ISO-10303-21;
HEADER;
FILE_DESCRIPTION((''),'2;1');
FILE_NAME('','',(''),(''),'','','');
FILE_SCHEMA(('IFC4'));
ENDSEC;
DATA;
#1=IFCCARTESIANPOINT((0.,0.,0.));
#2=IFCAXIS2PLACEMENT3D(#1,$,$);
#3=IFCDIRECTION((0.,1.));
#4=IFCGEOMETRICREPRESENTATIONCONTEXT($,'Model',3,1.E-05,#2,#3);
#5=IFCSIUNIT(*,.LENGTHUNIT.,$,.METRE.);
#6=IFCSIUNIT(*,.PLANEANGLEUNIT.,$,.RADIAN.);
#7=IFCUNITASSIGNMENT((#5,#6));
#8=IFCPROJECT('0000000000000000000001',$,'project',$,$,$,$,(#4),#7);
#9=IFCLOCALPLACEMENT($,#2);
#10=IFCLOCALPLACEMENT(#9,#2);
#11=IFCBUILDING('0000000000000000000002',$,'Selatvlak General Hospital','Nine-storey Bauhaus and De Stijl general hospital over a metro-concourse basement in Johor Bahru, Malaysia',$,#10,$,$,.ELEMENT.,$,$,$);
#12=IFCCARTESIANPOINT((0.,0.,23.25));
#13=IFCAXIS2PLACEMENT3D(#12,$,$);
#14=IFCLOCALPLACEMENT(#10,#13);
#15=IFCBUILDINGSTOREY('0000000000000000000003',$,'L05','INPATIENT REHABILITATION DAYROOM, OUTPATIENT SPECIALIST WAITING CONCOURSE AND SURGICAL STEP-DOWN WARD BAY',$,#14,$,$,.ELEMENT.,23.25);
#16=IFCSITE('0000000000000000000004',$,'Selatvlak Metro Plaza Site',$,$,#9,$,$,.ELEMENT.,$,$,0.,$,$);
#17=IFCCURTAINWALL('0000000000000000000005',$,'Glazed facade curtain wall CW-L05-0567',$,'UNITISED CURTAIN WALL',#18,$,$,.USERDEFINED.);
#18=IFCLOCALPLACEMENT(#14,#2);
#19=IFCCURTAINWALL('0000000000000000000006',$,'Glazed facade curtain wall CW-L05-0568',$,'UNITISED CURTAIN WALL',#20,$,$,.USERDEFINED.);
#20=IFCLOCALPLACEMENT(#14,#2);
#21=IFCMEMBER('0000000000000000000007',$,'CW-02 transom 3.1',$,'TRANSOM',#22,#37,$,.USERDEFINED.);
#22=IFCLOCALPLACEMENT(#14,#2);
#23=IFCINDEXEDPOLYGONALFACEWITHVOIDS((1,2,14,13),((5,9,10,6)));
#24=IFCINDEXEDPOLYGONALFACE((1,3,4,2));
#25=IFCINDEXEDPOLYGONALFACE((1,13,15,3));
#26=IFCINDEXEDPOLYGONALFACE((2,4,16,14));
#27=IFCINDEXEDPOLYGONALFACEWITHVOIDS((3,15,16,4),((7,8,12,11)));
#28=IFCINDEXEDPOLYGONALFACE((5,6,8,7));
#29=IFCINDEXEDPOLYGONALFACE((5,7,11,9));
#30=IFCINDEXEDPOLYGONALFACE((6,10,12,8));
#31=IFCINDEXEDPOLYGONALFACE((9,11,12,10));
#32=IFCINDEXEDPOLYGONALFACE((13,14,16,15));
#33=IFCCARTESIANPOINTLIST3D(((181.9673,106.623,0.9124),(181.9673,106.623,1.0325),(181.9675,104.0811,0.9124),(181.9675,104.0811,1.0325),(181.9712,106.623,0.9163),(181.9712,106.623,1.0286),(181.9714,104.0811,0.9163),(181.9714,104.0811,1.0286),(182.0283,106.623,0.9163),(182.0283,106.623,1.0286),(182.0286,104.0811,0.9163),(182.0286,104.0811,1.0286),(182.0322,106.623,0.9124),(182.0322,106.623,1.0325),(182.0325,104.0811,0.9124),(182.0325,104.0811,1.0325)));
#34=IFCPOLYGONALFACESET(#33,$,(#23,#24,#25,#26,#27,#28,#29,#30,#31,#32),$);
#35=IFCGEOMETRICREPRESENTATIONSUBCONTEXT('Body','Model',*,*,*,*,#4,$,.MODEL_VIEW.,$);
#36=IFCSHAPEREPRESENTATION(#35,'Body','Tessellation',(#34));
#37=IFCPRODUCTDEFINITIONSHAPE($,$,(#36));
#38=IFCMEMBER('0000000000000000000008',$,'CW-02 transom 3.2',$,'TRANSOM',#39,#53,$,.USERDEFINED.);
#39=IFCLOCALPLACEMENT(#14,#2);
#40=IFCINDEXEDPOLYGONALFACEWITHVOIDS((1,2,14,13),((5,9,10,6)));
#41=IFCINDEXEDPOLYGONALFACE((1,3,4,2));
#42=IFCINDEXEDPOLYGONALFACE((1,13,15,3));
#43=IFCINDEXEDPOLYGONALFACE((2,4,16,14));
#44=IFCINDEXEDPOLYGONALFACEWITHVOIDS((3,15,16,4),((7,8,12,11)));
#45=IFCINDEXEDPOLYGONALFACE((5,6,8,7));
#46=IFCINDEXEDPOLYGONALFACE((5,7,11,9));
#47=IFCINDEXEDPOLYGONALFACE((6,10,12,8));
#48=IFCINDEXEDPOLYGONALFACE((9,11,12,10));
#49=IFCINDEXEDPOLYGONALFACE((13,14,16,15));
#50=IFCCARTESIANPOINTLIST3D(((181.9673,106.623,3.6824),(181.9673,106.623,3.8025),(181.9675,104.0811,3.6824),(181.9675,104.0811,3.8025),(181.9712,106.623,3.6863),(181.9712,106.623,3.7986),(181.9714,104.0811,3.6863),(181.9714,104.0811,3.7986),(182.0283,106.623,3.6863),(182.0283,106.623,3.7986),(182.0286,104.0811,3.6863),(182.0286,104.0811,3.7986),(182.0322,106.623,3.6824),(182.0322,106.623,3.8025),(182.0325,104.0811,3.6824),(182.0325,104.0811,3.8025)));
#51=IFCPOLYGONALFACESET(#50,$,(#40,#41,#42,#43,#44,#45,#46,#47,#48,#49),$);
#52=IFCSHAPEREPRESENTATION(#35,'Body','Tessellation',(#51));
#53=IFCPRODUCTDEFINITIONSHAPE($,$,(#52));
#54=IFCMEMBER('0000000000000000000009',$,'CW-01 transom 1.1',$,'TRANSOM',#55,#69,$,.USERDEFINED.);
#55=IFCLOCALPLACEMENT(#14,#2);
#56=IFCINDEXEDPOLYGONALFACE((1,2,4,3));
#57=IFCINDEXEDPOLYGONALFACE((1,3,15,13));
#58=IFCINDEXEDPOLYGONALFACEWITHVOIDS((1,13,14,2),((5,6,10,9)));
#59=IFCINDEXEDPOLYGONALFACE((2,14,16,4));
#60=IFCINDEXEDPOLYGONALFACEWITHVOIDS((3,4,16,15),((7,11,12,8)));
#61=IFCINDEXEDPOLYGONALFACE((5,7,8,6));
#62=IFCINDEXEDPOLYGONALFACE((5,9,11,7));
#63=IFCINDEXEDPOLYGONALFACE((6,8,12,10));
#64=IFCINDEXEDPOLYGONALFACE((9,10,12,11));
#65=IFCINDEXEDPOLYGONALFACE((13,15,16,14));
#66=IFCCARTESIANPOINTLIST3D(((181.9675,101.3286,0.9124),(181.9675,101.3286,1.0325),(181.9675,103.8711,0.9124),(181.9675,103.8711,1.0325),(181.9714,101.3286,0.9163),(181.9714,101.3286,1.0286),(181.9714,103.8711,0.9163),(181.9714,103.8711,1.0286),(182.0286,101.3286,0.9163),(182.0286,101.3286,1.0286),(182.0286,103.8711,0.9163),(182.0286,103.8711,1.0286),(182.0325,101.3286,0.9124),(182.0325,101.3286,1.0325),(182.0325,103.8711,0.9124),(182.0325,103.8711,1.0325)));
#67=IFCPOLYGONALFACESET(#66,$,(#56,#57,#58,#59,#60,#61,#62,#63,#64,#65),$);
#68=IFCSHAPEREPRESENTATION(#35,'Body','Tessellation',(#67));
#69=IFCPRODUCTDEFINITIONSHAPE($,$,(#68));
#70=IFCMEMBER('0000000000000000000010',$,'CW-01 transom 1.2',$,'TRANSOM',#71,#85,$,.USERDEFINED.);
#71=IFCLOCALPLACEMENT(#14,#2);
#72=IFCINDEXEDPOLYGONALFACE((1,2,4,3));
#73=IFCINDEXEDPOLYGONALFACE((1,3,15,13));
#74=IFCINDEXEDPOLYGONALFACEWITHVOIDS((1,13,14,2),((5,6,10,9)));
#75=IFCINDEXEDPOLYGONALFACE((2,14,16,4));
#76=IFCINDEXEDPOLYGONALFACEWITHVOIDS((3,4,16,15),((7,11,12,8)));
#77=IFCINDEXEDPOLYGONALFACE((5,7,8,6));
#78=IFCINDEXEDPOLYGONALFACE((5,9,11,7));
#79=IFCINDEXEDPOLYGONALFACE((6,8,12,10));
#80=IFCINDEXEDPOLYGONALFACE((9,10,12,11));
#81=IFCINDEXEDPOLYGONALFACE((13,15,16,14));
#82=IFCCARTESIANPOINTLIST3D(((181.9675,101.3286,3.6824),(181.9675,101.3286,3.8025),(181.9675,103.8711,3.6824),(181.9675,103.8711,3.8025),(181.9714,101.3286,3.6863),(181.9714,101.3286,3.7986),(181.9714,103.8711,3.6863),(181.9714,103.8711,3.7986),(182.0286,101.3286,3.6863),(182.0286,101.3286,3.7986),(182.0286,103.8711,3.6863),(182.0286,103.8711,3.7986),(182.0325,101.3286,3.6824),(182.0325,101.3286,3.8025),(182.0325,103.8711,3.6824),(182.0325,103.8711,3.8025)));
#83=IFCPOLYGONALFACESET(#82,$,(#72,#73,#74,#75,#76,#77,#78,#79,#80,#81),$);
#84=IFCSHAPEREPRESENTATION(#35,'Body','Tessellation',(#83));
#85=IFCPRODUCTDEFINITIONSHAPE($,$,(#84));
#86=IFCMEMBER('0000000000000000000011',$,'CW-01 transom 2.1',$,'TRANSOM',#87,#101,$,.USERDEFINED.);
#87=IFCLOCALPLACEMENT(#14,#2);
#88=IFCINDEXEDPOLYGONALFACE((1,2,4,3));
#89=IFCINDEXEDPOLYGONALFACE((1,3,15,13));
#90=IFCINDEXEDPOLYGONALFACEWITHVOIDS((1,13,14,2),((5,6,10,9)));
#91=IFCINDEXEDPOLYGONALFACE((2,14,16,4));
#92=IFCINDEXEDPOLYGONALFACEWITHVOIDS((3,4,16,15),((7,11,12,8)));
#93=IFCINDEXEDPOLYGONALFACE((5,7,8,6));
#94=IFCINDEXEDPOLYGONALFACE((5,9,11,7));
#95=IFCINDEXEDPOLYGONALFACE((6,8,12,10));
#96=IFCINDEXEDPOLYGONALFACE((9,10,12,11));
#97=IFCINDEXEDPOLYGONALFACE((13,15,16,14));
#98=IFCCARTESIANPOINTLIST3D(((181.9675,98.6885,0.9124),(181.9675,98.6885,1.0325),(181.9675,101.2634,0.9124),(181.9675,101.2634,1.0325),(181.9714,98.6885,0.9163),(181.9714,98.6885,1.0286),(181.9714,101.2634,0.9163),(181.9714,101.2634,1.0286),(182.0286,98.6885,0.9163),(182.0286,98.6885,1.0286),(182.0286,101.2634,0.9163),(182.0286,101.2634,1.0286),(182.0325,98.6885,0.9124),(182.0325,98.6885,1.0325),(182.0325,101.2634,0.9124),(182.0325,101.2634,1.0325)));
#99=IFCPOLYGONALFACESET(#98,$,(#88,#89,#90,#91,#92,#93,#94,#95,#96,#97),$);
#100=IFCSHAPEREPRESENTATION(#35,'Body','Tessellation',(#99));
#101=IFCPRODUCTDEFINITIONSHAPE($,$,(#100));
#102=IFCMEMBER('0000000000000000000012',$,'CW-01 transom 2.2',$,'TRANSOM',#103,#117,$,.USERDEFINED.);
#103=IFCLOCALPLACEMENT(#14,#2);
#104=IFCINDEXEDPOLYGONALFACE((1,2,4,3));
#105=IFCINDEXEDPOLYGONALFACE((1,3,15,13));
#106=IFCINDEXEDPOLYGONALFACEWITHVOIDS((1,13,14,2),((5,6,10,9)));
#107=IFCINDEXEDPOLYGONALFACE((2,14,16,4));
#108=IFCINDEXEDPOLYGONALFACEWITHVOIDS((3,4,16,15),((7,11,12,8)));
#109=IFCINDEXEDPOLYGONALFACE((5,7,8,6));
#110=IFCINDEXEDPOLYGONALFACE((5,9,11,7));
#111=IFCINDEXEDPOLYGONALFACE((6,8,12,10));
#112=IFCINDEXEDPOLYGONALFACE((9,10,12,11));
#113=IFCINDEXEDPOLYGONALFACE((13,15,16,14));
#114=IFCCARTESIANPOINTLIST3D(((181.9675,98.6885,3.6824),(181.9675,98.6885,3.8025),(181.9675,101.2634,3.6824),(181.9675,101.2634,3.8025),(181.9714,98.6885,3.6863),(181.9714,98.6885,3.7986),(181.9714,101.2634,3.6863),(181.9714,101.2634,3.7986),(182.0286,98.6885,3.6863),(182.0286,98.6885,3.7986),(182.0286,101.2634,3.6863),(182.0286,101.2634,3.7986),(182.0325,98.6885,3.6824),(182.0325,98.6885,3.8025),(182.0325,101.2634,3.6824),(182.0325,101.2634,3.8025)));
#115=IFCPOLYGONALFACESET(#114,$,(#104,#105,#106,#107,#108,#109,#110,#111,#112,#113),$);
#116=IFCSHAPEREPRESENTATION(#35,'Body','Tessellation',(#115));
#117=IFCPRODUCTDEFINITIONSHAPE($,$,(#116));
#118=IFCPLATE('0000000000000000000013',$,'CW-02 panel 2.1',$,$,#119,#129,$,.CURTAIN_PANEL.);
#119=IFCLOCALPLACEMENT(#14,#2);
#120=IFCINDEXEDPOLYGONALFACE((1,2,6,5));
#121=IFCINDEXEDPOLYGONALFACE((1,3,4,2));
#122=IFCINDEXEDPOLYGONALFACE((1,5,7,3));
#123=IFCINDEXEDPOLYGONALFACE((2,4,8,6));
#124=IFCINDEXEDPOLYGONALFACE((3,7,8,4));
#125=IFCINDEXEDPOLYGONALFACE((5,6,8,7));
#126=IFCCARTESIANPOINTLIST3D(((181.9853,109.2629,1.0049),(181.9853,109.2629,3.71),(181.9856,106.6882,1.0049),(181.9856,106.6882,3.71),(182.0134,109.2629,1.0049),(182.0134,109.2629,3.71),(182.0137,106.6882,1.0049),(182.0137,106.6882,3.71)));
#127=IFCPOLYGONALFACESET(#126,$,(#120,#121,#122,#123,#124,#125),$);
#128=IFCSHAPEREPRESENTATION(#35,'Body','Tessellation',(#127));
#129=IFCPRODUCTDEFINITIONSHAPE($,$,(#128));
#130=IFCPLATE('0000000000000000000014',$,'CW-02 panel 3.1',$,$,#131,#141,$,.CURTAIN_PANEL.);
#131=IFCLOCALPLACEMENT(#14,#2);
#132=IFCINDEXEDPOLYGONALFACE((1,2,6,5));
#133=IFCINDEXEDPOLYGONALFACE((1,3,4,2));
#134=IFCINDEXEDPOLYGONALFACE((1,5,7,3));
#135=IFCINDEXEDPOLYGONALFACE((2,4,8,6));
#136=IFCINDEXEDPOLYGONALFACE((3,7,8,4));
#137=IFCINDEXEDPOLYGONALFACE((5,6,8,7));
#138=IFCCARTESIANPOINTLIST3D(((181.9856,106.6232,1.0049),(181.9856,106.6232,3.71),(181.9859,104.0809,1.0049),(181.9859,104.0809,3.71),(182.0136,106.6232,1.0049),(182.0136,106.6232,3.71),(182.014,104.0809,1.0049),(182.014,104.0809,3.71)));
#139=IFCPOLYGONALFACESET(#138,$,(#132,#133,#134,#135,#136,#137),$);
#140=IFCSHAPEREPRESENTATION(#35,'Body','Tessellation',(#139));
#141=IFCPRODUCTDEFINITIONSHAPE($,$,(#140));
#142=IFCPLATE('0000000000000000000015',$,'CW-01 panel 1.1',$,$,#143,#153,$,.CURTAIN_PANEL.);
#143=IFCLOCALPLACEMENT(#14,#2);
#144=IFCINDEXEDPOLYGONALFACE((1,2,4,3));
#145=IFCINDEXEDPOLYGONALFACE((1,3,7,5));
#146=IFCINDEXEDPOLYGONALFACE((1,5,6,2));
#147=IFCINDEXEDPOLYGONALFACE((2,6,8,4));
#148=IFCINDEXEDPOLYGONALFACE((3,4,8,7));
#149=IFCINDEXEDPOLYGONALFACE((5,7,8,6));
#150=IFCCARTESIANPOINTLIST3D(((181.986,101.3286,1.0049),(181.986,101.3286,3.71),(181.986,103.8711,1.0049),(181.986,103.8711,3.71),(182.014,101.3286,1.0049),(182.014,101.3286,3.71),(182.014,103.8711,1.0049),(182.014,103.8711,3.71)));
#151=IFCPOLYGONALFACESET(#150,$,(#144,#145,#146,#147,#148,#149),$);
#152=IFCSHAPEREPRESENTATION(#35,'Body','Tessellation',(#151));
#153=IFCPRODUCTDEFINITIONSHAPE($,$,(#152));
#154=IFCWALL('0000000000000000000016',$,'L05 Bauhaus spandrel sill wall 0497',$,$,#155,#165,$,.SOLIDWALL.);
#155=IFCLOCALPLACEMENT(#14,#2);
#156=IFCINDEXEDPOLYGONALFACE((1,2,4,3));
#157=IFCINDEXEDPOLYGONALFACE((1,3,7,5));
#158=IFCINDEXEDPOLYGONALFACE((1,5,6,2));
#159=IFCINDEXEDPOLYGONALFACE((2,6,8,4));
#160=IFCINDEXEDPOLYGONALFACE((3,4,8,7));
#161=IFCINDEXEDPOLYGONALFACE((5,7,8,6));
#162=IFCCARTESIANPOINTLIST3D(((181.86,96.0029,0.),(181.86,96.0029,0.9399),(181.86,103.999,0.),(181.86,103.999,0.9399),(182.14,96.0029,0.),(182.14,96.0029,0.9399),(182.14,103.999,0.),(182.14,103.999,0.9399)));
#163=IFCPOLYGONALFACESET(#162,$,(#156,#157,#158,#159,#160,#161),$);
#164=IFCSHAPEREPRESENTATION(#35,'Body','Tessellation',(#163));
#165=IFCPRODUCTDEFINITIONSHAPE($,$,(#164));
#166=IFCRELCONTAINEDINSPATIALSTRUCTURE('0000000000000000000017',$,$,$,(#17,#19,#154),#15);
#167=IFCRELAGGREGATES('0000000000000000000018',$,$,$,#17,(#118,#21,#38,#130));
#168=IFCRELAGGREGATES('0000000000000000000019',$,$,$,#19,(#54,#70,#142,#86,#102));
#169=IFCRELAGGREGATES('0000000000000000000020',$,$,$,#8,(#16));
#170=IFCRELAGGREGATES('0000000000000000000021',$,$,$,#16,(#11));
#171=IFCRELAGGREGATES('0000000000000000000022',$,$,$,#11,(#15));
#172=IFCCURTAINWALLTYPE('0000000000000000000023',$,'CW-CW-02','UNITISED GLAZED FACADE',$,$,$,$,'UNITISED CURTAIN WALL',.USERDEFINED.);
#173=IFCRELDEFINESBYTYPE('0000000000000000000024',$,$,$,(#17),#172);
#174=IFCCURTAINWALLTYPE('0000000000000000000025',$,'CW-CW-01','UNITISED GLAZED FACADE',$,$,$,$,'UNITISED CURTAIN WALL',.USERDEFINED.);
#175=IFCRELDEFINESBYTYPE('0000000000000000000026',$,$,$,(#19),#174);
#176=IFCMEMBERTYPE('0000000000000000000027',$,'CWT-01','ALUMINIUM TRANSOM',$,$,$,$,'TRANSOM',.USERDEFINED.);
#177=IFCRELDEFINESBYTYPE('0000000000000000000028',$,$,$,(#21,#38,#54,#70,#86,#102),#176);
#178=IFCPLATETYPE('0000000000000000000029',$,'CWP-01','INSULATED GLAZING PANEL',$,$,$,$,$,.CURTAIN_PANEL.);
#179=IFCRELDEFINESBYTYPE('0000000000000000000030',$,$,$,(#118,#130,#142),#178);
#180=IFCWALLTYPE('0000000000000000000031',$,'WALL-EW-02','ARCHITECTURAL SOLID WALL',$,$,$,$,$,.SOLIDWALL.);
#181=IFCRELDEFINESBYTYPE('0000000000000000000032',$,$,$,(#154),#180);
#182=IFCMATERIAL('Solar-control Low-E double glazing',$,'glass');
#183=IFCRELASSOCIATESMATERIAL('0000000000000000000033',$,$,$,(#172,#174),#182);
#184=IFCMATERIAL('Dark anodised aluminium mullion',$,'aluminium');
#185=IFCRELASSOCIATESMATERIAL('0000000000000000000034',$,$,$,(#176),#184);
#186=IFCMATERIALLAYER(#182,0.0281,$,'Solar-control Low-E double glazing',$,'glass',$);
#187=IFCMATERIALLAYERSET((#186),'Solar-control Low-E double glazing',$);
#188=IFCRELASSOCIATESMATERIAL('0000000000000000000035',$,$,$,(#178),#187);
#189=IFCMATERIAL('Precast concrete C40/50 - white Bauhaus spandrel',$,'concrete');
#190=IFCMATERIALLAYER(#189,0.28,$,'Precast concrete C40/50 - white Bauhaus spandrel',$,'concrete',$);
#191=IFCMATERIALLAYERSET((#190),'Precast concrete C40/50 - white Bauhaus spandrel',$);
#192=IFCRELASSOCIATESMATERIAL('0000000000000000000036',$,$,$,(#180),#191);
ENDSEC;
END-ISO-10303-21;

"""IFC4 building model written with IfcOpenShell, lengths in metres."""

from ifc_helpers import new_model, si_unit, direction, frame, frame_2d, origin, origin_2d, place, context, subcontext, project, spatial, rectangle, hollow_rectangle, extrude, material, layer, layer_set, material_profile, profile_set, type_object, element, aggregate, save


model = new_model("IFC4")

# Units and contexts
model_context = context("Model", 3, precision=1e-05, world=origin(), true_north=direction((0.0, 1.0)))
body_context = subcontext(model_context, "Body", "Model", "MODEL_VIEW")
ifc_project = project(units=[si_unit("LENGTHUNIT", "METRE"), si_unit("PLANEANGLEUNIT", "RADIAN")], contexts=[model_context])

# Site, building, storey
site_placement = place(None, origin())
site = spatial("IfcSite", under=ifc_project, at=site_placement, Name="Selatvlak Metro Plaza Site", CompositionType="ELEMENT", RefElevation=0.0)
building_placement = place(site_placement, origin())
building = spatial("IfcBuilding", under=site, at=building_placement, Name="Selatvlak General Hospital", Description="Nine-storey Bauhaus and De Stijl general hospital over a metro-concourse basement in Johor Bahru, Malaysia", CompositionType="ELEMENT")
storey_placement = place(building_placement, frame((0.0, 0.0, 23.25)))
storey = spatial("IfcBuildingStorey", under=building, at=storey_placement, Name="L05", Description="INPATIENT REHABILITATION DAYROOM, OUTPATIENT SPECIALIST WAITING CONCOURSE AND SURGICAL STEP-DOWN WARD BAY", CompositionType="ELEMENT", Elevation=23.25)

# Curtain walls
ifc_material_1 = material(Name="Solar-control Low-E double glazing", Category="glass")
curtain_wall_type_1 = type_object("IfcCurtainWallType", Name="CW-CW-02", Description="UNITISED GLAZED FACADE", ElementType="UNITISED CURTAIN WALL", PredefinedType="USERDEFINED", material=ifc_material_1)
curtain_wall_1_placement = place(storey_placement, origin())
curtain_wall_1 = element("IfcCurtainWall", 1, at=curtain_wall_1_placement, inside=storey, type_object=curtain_wall_type_1, Name="Glazed facade curtain wall CW-L05-0567", ObjectType="UNITISED CURTAIN WALL", PredefinedType="USERDEFINED")
ifc_material_2 = material(Name="Dark anodised aluminium mullion", Category="aluminium")
curtain_wall_type_2 = type_object("IfcCurtainWallType", Name="CW-CW-01", Description="UNITISED GLAZED FACADE", ElementType="UNITISED CURTAIN WALL", PredefinedType="USERDEFINED", material=ifc_material_1)
curtain_wall_2_placement = place(storey_placement, origin())
curtain_wall_2 = element("IfcCurtainWall", 2, at=curtain_wall_2_placement, inside=storey, type_object=curtain_wall_type_2, Name="Glazed facade curtain wall CW-L05-0568", ObjectType="UNITISED CURTAIN WALL", PredefinedType="USERDEFINED")

# Members
ifc_material_profile_1 = material_profile(ifc_material_2, hollow_rectangle(XDim=0.0649, YDim=0.1201, WallThickness=0.0039, at=origin_2d()), Name="AL-TRN 65x120x4")
ifc_profile_set_1 = profile_set([ifc_material_profile_1], Name="Dark anodised aluminium mullion")
member_type_1 = type_object("IfcMemberType", Name="CWT-01", Description="ALUMINIUM TRANSOM", ElementType="TRANSOM", PredefinedType="USERDEFINED", material=ifc_profile_set_1)
member_1_placement = place(storey_placement, frame((181.9998, 106.623, 0.9724), z_axis=(0.000096, -1.0, 0.0), x_axis=(1.0, 0.000096, 0.0)))
member_1 = element("IfcMember", 3, at=member_1_placement, type_object=member_type_1, Name="CW-02 transom 3.1", ObjectType="TRANSOM", PredefinedType="USERDEFINED", context=body_context, shape_type="SweptSolid", body=[
    extrude(hollow_rectangle(XDim=0.0649, YDim=0.1201, WallThickness=0.0039, at=origin_2d()), origin(), (0.0, 0.0, 1.0), 2.542),
])
member_2_placement = place(storey_placement, frame((181.9998, 106.623, 3.7424), z_axis=(0.000096, -1.0, 0.0), x_axis=(1.0, 0.000096, 0.0)))
member_2 = element("IfcMember", 4, at=member_2_placement, type_object=member_type_1, Name="CW-02 transom 3.2", ObjectType="TRANSOM", PredefinedType="USERDEFINED", context=body_context, shape_type="SweptSolid", body=[
    extrude(hollow_rectangle(XDim=0.0649, YDim=0.1201, WallThickness=0.0039, at=origin_2d()), origin(), (0.0, 0.0, 1.0), 2.542),
])
member_3_placement = place(storey_placement, frame((182.0, 103.8711, 0.9724), z_axis=(0.0, -1.0, 0.0), x_axis=(1.0, 0.0, 0.0)))
member_3 = element("IfcMember", 5, at=member_3_placement, type_object=member_type_1, Name="CW-01 transom 1.1", ObjectType="TRANSOM", PredefinedType="USERDEFINED", context=body_context, shape_type="SweptSolid", body=[
    extrude(hollow_rectangle(XDim=0.0649, YDim=0.1201, WallThickness=0.0039, at=origin_2d()), origin(), (0.0, 0.0, 1.0), 2.5425),
])
member_4_placement = place(storey_placement, frame((182.0, 103.8711, 3.7424), z_axis=(0.0, -1.0, 0.0), x_axis=(1.0, 0.0, 0.0)))
member_4 = element("IfcMember", 6, at=member_4_placement, type_object=member_type_1, Name="CW-01 transom 1.2", ObjectType="TRANSOM", PredefinedType="USERDEFINED", context=body_context, shape_type="SweptSolid", body=[
    extrude(hollow_rectangle(XDim=0.0649, YDim=0.1201, WallThickness=0.0039, at=origin_2d()), origin(), (0.0, 0.0, 1.0), 2.5425),
])
member_5_placement = place(storey_placement, frame((182.0, 101.2634, 0.9724), z_axis=(0.0, -1.0, 0.0), x_axis=(1.0, 0.0, 0.0)))
member_5 = element("IfcMember", 7, at=member_5_placement, type_object=member_type_1, Name="CW-01 transom 2.1", ObjectType="TRANSOM", PredefinedType="USERDEFINED", context=body_context, shape_type="SweptSolid", body=[
    extrude(hollow_rectangle(XDim=0.0649, YDim=0.1201, WallThickness=0.0039, at=origin_2d()), origin(), (0.0, 0.0, 1.0), 2.575),
])
member_6_placement = place(storey_placement, frame((182.0, 101.2634, 3.7424), z_axis=(0.0, -1.0, 0.0), x_axis=(1.0, 0.0, 0.0)))
member_6 = element("IfcMember", 8, at=member_6_placement, type_object=member_type_1, Name="CW-01 transom 2.2", ObjectType="TRANSOM", PredefinedType="USERDEFINED", context=body_context, shape_type="SweptSolid", body=[
    extrude(hollow_rectangle(XDim=0.0649, YDim=0.1201, WallThickness=0.0039, at=origin_2d()), origin(), (0.0, 0.0, 1.0), 2.575),
])

# Plates
ifc_layer_1 = layer(ifc_material_1, 0.0281, Name="Solar-control Low-E double glazing", Category="glass")
ifc_layer_set_1 = layer_set([ifc_layer_1], Name="Solar-control Low-E double glazing")
plate_type = type_object("IfcPlateType", Name="CWP-01", Description="INSULATED GLAZING PANEL", PredefinedType="CURTAIN_PANEL", material=ifc_layer_set_1)
plate_1_placement = place(storey_placement, frame((181.9995, 107.9756, 1.0049), z_axis=(0.0, 0.0, 1.0), x_axis=(0.000126, -1.0, 0.0)))
plate_1 = element("IfcPlate", 9, at=plate_1_placement, type_object=plate_type, Name="CW-02 panel 2.1", PredefinedType="CURTAIN_PANEL", context=body_context, shape_type="SweptSolid", body=[
    extrude(rectangle(XDim=2.5747, YDim=0.0281, at=origin_2d()), origin(), (0.0, 0.0, 1.0), 2.7051),
])
plate_2_placement = place(storey_placement, frame((181.9998, 105.3521, 1.0049), z_axis=(0.0, 0.0, 1.0), x_axis=(0.000126, -1.0, 0.0)))
plate_2 = element("IfcPlate", 10, at=plate_2_placement, type_object=plate_type, Name="CW-02 panel 3.1", PredefinedType="CURTAIN_PANEL", context=body_context, shape_type="SweptSolid", body=[
    extrude(rectangle(XDim=2.5422, YDim=0.0281, at=origin_2d()), origin(), (0.0, 0.0, 1.0), 2.7051),
])
aggregate(curtain_wall_1, [plate_1, member_1, member_2, plate_2])
plate_3_placement = place(storey_placement, frame((182.0, 102.5999, 1.0049), z_axis=(0.0, 0.0, 1.0), x_axis=(0.0, -1.0, 0.0)))
plate_3 = element("IfcPlate", 11, at=plate_3_placement, type_object=plate_type, Name="CW-01 panel 1.1", PredefinedType="CURTAIN_PANEL", context=body_context, shape_type="SweptSolid", body=[
    extrude(rectangle(XDim=2.5425, YDim=0.0281, at=origin_2d()), origin(), (0.0, 0.0, 1.0), 2.7051),
])
aggregate(curtain_wall_2, [member_3, member_4, plate_3, member_5, member_6])

# Wall
ifc_material_3 = material(Name="Precast concrete C40/50 - white Bauhaus spandrel", Category="concrete")
ifc_layer_2 = layer(ifc_material_3, 0.28, Name="Precast concrete C40/50 - white Bauhaus spandrel", Category="concrete")
ifc_layer_set_2 = layer_set([ifc_layer_2], Name="Precast concrete C40/50 - white Bauhaus spandrel")
wall_type_1 = type_object("IfcWallType", Name="WALL-EW-02", Description="ARCHITECTURAL SOLID WALL", PredefinedType="SOLIDWALL", material=ifc_layer_set_2)
wall_1_placement = place(storey_placement, frame((182.0, 103.999, 0.0), z_axis=(0.0, 0.0, 1.0), x_axis=(0.0, -1.0, 0.0)))
element("IfcWall", 12, at=wall_1_placement, inside=storey, type_object=wall_type_1, Name="L05 Bauhaus spandrel sill wall 0497", PredefinedType="SOLIDWALL", context=body_context, shape_type="SweptSolid", body=[
    extrude(rectangle(XDim=7.9961, YDim=0.28, at=frame_2d((3.998, 0.0))), origin(), (0.0, 0.0, 1.0), 0.9399),
])

save(model, "model.ifc")
